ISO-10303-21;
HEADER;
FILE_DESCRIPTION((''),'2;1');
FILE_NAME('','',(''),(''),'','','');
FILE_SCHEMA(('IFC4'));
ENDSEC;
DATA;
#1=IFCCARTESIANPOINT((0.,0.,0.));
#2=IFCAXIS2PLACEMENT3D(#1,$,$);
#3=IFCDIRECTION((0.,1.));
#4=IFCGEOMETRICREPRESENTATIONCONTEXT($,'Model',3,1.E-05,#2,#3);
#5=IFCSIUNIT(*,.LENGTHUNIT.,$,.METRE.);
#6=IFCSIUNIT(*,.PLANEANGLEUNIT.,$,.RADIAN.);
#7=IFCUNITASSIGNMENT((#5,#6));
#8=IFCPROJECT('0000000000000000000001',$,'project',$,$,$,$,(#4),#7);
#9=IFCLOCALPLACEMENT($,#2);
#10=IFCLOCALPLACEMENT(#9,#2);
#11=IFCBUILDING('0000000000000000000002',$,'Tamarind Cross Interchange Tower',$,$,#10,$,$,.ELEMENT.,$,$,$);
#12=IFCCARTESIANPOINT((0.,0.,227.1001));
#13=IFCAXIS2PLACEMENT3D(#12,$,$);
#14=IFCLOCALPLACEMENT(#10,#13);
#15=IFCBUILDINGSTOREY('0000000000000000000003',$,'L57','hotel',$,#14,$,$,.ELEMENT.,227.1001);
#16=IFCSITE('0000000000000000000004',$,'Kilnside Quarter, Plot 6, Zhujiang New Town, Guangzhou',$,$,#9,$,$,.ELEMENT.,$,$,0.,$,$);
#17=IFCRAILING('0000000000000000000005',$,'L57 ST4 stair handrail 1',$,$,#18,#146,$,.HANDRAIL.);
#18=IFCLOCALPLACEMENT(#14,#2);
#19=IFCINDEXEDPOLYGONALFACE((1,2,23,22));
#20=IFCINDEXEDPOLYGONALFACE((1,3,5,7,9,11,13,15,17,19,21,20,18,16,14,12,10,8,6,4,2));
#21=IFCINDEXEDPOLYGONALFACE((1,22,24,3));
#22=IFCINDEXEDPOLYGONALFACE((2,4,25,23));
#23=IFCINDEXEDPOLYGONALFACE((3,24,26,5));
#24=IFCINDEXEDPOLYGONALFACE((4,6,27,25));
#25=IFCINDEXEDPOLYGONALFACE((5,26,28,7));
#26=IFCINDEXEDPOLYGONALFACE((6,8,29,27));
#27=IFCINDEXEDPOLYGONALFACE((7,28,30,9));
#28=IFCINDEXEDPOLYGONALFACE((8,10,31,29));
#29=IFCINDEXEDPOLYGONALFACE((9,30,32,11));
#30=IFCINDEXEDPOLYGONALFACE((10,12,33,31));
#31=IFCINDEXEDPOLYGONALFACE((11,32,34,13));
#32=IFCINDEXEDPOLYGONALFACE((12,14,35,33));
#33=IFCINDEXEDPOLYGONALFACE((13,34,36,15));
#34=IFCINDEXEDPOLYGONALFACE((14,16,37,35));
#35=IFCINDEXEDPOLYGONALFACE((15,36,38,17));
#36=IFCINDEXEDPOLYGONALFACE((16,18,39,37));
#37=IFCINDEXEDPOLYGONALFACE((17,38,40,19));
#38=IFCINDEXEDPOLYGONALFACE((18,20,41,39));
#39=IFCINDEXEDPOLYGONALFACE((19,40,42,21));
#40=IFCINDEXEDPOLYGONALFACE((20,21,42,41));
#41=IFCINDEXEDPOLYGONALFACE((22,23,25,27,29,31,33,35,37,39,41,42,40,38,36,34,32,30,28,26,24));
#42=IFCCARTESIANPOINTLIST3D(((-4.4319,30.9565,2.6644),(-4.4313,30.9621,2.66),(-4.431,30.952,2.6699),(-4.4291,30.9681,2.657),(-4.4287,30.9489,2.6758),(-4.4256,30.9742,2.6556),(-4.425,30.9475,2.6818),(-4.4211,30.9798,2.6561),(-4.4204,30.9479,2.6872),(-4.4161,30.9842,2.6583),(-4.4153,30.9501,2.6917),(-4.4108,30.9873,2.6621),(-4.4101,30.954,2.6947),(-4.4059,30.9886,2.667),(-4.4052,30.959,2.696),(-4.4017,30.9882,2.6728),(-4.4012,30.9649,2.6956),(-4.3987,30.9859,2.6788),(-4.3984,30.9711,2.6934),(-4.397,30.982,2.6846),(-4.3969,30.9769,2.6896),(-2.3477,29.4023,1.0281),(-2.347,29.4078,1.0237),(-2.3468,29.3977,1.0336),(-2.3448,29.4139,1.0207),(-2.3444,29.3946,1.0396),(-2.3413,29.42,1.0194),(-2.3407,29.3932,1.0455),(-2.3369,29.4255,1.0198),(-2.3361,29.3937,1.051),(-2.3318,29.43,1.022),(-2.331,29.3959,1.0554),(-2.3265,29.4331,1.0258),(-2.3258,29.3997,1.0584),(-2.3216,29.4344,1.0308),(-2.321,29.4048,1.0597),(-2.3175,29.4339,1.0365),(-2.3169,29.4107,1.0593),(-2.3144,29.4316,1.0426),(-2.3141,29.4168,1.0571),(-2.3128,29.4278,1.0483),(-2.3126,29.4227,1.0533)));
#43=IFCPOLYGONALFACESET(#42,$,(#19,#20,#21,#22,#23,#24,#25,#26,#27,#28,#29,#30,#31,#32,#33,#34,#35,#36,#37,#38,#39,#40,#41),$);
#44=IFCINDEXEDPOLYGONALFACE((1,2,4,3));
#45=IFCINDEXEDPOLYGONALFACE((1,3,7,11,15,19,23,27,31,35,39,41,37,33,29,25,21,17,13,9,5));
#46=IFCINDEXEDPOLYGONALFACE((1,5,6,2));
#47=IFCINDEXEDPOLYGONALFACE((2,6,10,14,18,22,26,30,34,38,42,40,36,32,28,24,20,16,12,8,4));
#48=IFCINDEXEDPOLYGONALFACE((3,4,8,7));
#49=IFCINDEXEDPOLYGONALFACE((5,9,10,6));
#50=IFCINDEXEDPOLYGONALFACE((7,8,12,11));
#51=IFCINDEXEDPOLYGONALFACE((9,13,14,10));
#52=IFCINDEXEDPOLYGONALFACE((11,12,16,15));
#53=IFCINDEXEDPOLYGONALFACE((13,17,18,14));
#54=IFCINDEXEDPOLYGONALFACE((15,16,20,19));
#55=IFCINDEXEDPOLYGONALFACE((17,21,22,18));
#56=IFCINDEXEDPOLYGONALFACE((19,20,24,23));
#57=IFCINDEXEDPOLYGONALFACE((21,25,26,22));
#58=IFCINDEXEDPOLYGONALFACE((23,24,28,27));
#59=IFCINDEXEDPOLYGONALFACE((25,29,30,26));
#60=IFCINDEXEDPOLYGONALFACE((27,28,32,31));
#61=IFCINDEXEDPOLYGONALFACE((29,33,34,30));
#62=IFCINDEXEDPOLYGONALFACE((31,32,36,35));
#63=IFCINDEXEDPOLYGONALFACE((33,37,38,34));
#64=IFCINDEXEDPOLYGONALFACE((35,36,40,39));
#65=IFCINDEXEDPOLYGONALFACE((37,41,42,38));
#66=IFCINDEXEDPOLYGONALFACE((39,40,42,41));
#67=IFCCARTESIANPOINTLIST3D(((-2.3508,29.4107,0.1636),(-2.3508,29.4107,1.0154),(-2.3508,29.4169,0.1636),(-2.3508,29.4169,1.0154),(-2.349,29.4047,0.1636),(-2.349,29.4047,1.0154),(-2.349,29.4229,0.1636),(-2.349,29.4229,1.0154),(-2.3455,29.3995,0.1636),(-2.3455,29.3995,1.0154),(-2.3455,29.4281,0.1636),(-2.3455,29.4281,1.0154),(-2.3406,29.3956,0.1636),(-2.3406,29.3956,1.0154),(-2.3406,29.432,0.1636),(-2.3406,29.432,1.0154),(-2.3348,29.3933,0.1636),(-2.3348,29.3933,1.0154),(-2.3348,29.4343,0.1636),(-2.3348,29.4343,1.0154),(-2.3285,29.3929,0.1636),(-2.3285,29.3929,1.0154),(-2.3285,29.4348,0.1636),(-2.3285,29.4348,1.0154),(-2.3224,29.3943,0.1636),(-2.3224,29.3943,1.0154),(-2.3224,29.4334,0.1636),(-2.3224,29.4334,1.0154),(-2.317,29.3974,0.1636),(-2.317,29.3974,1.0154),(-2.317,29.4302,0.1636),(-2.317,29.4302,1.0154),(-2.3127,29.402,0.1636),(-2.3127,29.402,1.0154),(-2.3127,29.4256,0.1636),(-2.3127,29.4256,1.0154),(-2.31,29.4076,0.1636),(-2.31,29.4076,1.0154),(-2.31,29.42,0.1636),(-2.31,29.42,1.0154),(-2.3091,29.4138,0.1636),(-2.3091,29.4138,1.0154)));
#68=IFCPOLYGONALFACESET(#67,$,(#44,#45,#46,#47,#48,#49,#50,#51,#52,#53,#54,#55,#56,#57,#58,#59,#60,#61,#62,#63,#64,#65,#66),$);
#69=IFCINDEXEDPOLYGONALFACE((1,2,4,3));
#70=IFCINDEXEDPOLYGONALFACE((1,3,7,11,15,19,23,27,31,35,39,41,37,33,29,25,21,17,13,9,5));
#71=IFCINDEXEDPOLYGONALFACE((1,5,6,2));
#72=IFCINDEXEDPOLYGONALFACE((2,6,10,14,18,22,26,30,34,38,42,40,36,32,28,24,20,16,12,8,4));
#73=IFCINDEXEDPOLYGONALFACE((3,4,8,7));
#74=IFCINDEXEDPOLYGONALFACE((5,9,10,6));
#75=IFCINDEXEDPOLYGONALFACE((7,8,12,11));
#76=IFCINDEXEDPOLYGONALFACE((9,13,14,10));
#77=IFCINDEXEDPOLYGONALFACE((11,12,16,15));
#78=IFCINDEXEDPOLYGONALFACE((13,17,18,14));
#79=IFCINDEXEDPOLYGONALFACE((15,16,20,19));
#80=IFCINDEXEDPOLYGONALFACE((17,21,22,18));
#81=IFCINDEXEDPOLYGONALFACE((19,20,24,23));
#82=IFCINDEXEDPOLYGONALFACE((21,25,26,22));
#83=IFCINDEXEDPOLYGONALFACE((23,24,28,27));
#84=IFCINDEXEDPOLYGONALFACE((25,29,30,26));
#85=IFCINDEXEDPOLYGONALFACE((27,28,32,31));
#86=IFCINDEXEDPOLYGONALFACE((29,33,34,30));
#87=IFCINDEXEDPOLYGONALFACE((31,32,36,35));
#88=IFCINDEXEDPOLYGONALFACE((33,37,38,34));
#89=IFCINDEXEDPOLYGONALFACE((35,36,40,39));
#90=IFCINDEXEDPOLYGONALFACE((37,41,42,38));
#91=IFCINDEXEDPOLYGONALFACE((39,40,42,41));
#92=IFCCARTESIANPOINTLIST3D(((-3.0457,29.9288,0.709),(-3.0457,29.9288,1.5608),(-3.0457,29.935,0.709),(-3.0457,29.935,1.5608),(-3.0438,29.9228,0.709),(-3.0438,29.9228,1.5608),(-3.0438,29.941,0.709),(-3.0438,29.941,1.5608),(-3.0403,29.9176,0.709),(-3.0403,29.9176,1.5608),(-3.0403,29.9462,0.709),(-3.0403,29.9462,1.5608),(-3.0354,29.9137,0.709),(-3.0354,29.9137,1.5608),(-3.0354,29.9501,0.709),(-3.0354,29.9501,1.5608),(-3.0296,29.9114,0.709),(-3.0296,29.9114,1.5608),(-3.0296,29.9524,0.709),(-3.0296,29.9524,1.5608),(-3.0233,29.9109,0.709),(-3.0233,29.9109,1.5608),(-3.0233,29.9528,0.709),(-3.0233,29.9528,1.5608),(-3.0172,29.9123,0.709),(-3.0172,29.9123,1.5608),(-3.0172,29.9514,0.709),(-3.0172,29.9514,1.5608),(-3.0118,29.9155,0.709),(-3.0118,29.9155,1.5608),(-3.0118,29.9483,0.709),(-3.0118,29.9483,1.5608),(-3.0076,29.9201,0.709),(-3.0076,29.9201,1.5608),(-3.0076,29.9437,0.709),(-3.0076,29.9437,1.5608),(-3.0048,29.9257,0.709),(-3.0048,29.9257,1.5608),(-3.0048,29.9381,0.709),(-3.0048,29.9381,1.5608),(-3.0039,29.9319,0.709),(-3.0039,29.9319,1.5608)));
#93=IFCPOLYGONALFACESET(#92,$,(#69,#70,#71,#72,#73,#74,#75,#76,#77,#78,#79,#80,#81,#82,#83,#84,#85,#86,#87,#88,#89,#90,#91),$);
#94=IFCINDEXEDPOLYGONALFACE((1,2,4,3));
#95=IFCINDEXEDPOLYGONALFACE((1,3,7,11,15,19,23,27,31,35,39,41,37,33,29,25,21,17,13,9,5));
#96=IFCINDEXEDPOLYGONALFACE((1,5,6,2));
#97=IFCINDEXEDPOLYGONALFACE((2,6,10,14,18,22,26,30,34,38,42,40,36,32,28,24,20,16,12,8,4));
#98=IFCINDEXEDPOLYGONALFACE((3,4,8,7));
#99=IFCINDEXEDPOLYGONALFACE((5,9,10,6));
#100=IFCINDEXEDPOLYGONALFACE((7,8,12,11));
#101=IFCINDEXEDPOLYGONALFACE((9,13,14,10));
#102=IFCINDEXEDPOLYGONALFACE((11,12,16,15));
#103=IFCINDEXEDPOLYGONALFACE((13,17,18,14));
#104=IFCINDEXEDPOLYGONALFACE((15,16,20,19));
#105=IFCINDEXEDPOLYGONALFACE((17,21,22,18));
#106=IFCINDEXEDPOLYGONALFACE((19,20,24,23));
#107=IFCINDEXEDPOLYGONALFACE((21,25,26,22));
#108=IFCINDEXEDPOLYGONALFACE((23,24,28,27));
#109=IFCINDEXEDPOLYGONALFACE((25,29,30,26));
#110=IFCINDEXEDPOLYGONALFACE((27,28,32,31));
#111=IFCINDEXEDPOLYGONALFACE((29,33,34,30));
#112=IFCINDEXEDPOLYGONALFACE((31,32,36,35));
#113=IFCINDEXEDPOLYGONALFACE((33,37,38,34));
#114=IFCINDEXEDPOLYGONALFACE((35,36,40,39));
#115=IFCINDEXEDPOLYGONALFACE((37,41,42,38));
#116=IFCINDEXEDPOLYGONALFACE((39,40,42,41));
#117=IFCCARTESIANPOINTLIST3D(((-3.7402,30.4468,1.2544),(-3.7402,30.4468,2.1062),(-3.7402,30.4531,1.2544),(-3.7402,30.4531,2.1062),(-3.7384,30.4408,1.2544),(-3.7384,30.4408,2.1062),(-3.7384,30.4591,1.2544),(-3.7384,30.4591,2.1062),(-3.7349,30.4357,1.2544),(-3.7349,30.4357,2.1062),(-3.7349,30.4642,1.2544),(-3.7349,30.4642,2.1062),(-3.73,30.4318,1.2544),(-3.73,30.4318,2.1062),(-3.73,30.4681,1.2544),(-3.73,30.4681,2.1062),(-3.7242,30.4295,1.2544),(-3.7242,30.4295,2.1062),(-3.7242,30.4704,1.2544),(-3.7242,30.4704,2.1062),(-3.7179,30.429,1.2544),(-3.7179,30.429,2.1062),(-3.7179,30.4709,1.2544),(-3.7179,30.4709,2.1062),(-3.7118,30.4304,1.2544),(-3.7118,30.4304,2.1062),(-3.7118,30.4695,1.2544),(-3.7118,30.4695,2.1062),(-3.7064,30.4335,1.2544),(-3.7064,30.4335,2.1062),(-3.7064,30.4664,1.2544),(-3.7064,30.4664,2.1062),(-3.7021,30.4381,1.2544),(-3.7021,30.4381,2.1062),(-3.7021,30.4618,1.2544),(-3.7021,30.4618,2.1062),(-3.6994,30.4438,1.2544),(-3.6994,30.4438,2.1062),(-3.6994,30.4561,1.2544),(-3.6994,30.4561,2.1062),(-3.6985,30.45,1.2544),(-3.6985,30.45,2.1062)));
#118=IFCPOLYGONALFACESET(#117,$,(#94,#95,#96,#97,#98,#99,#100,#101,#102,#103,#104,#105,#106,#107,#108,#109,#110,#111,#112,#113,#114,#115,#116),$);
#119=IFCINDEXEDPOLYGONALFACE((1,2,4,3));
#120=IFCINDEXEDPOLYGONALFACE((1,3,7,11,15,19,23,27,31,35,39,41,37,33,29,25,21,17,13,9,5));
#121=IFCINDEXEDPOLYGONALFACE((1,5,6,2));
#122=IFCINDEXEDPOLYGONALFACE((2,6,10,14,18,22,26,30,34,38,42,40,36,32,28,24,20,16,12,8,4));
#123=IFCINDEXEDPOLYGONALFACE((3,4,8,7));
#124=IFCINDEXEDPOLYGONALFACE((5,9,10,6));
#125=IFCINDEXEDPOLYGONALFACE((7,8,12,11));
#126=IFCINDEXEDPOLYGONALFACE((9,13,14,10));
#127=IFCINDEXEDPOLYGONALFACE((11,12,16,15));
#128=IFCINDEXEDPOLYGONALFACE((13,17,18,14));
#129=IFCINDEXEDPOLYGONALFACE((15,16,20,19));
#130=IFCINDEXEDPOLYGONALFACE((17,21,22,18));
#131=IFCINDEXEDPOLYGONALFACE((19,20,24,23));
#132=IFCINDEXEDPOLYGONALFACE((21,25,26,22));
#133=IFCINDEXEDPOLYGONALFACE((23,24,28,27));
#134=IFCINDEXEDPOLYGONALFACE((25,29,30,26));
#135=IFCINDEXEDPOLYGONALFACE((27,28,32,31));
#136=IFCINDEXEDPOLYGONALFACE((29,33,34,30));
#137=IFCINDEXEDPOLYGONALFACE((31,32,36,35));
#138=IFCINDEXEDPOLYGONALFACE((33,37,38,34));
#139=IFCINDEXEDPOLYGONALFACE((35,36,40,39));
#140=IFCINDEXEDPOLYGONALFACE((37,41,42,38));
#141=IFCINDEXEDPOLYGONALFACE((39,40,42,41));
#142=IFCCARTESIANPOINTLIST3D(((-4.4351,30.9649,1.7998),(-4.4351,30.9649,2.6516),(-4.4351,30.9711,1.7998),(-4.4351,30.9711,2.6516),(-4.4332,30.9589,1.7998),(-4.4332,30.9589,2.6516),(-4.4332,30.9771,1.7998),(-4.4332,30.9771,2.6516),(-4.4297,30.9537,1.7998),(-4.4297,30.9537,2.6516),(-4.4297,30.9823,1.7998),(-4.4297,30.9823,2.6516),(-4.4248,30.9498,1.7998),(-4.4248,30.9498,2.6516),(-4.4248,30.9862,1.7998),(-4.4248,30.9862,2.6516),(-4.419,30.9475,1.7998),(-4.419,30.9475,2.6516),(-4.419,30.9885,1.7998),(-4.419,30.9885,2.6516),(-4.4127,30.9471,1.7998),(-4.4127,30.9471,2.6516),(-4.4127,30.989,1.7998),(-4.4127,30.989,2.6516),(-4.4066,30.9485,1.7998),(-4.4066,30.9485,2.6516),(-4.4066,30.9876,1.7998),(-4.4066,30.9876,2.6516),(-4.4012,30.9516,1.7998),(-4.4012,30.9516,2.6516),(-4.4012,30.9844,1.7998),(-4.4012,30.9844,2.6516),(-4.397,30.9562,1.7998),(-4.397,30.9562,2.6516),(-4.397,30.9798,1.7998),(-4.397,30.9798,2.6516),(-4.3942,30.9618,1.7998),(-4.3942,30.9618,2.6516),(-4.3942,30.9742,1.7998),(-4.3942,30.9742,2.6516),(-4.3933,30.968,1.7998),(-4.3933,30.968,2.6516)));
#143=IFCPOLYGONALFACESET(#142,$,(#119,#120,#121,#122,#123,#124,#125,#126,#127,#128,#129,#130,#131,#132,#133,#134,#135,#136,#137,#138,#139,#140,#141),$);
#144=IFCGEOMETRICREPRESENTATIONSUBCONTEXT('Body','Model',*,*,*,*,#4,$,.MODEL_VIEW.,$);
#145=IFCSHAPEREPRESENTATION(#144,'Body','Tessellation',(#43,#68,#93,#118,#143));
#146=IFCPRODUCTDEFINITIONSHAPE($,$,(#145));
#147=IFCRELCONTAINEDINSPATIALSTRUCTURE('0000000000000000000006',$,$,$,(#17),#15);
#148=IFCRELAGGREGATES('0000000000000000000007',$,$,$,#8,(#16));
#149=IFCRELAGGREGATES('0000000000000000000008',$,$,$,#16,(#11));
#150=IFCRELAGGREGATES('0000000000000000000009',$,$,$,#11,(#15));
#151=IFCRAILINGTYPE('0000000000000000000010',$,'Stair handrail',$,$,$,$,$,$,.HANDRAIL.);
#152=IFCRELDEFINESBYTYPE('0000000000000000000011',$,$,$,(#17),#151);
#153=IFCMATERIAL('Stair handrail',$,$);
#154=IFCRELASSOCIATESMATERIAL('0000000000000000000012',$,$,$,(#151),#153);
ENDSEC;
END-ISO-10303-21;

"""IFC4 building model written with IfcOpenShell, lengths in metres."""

from ifc_helpers import new_model, si_unit, direction, frame, origin, origin_2d, place, context, subcontext, project, spatial, circle, extrude, material, type_object, element, save


model = new_model("IFC4")

# Units and contexts
model_context = context("Model", 3, precision=1e-05, world=origin(), true_north=direction((0.0, 1.0)))
body_context = subcontext(model_context, "Body", "Model", "MODEL_VIEW")
ifc_project = project(units=[si_unit("LENGTHUNIT", "METRE"), si_unit("PLANEANGLEUNIT", "RADIAN")], contexts=[model_context])

# Site, building, storey
site_placement = place(None, origin())
site = spatial("IfcSite", under=ifc_project, at=site_placement, Name="Kilnside Quarter, Plot 6, Zhujiang New Town, Guangzhou", CompositionType="ELEMENT", RefElevation=0.0)
building_placement = place(site_placement, origin())
building = spatial("IfcBuilding", under=site, at=building_placement, Name="Tamarind Cross Interchange Tower", CompositionType="ELEMENT")
storey_placement = place(building_placement, frame((0.0, 0.0, 227.1001)))
storey = spatial("IfcBuildingStorey", under=building, at=storey_placement, Name="L57", Description="hotel", CompositionType="ELEMENT", Elevation=227.1001)

# Railing
ifc_material_1 = material(Name="Stair handrail")
railing_type_1 = type_object("IfcRailingType", Name="Stair handrail", PredefinedType="HANDRAIL", material=ifc_material_1)
railing_1_placement = place(storey_placement, frame((-2.3301, 29.4138, 0.1636)))
element("IfcRailing", 1, at=railing_1_placement, inside=storey, type_object=railing_type_1, Name="L57 ST4 stair handrail 1", PredefinedType="HANDRAIL", context=body_context, shape_type="SweptSolid", body=[
    extrude(circle(Radius=0.0239, at=origin_2d()), frame((0.0, 0.0, 0.876), z_axis=(-0.678474, 0.505935, 0.532638), x_axis=(-0.597789, -0.801653, 0.0)), (0.0, 0.0, 1.0), 3.072),
    extrude(circle(Radius=0.021, at=origin_2d()), origin(), (0.0, 0.0, 1.0), 0.8518),
    extrude(circle(Radius=0.021, at=origin_2d()), frame((-0.6948, 0.5181, 0.5454)), (0.0, 0.0, 1.0), 0.8518),
    extrude(circle(Radius=0.021, at=origin_2d()), frame((-1.3894, 1.0361, 1.0908)), (0.0, 0.0, 1.0), 0.8518),
    extrude(circle(Radius=0.021, at=origin_2d()), frame((-2.0842, 1.5542, 1.6362)), (0.0, 0.0, 1.0), 0.8518),
])

save(model, "model.ifc")
